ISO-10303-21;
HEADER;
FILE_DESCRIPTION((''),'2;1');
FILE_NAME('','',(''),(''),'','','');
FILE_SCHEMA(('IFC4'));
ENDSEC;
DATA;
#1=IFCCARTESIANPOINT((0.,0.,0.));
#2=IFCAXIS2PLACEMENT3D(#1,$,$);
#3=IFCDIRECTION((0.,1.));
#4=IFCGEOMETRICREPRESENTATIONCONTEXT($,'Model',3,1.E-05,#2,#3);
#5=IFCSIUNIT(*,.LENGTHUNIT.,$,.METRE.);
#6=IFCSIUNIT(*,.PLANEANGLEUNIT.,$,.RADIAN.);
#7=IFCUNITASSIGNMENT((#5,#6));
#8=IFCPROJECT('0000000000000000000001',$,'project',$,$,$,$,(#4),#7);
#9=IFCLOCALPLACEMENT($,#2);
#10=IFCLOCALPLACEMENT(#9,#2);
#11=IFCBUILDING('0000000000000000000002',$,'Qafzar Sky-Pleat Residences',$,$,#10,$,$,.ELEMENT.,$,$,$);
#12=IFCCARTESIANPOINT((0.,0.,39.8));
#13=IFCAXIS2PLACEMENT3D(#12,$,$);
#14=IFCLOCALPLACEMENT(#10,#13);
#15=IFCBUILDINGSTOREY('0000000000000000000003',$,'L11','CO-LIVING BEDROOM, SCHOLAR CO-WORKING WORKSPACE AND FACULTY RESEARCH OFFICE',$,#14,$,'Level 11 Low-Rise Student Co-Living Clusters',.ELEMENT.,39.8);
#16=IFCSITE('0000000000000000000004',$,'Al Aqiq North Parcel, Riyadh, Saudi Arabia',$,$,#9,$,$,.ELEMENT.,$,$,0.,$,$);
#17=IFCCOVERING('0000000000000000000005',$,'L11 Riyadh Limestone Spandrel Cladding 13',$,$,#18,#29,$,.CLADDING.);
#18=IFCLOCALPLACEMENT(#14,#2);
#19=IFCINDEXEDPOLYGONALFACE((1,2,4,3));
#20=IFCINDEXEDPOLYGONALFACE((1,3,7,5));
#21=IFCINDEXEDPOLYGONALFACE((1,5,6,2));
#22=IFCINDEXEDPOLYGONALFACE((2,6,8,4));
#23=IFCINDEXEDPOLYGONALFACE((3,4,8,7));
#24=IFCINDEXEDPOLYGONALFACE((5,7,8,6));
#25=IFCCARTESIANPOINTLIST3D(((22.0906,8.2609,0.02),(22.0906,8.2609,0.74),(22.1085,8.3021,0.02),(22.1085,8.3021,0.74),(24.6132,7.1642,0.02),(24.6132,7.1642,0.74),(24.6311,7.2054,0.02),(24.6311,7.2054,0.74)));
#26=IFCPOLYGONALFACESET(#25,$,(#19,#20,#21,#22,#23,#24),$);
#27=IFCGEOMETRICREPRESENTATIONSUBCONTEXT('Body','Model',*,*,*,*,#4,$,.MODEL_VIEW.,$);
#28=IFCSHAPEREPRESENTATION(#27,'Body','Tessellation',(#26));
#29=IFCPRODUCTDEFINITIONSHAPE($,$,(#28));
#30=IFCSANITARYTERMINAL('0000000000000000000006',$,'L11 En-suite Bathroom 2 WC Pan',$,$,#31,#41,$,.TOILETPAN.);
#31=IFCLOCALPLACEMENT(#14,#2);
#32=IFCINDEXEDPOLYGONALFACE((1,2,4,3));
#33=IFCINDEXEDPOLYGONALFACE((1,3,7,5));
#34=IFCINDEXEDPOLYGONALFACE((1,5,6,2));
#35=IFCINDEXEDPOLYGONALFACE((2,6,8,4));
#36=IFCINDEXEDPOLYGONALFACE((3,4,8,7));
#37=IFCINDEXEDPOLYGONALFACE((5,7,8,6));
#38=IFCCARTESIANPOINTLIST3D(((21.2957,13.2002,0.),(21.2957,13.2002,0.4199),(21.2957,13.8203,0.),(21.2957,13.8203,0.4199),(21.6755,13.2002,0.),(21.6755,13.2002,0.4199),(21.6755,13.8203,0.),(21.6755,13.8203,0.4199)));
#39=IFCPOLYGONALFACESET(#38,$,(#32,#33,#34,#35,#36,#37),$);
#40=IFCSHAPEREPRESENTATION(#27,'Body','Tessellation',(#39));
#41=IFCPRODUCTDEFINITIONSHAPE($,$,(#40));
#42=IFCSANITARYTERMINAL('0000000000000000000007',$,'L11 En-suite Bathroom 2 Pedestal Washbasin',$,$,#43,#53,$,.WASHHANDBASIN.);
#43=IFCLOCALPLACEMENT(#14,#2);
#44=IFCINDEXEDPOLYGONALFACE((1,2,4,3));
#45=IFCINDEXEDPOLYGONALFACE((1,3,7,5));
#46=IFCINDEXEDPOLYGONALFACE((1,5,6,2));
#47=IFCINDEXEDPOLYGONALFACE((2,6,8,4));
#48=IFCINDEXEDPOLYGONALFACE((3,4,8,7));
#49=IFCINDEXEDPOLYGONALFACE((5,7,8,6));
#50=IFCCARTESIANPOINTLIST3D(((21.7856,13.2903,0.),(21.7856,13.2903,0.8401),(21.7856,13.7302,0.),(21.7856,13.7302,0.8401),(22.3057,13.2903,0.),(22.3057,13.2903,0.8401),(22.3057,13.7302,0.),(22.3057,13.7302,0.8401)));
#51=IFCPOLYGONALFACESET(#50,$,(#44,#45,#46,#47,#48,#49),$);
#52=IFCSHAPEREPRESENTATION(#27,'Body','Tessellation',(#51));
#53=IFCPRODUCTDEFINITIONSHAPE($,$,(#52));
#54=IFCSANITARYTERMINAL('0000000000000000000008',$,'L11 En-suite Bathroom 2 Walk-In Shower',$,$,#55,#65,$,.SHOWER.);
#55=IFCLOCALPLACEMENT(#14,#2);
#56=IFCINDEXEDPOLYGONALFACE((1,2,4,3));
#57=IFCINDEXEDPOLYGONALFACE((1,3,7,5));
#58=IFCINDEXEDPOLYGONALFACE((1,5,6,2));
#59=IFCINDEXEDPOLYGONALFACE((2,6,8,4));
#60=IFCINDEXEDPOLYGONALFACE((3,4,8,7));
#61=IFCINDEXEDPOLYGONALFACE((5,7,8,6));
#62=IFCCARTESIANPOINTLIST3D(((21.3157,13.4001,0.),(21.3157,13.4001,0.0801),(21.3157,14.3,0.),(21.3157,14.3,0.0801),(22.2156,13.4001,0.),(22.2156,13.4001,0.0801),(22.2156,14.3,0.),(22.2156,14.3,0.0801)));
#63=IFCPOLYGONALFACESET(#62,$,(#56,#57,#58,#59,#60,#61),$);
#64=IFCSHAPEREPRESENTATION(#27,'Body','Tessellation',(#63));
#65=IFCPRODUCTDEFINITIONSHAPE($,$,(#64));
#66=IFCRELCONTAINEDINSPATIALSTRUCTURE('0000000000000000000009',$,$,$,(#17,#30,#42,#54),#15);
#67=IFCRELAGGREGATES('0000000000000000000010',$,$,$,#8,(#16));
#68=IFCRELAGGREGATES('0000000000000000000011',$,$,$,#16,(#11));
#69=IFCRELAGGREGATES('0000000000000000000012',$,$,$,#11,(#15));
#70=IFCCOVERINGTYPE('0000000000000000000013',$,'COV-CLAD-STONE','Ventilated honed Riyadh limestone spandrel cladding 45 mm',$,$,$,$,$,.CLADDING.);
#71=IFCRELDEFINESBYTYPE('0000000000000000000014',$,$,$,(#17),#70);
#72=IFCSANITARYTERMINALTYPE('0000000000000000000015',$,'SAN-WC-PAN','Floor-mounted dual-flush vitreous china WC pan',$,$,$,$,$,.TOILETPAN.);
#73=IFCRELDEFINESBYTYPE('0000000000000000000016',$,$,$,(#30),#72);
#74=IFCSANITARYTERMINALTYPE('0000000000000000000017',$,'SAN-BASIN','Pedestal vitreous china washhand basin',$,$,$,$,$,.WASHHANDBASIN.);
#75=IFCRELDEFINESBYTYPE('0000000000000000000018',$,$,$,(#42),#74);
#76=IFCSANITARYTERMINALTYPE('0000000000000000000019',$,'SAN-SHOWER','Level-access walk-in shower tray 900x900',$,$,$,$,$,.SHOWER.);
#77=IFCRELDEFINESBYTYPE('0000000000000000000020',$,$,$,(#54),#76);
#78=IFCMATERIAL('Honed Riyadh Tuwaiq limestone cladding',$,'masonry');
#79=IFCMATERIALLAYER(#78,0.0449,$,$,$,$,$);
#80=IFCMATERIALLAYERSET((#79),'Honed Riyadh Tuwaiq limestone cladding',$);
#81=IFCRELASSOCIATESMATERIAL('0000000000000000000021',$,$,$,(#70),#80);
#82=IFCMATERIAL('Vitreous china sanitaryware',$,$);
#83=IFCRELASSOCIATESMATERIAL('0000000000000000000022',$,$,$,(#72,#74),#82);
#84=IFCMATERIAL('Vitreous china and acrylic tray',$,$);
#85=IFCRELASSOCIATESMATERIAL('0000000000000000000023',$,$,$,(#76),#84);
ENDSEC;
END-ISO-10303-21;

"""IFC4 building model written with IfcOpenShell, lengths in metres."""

from ifc_helpers import new_model, si_unit, direction, frame, origin, origin_2d, place, context, subcontext, project, spatial, rectangle, extrude, source, transform, mapped, material, layer, layer_set, type_object, element, save


model = new_model("IFC4")

# Units and contexts
model_context = context("Model", 3, precision=1e-05, world=origin(), true_north=direction((0.0, 1.0)))
body_context = subcontext(model_context, "Body", "Model", "MODEL_VIEW")
ifc_project = project(units=[si_unit("LENGTHUNIT", "METRE"), si_unit("PLANEANGLEUNIT", "RADIAN")], contexts=[model_context])

# Site, building, storey
site_placement = place(None, origin())
site = spatial("IfcSite", under=ifc_project, at=site_placement, Name="Al Aqiq North Parcel, Riyadh, Saudi Arabia", CompositionType="ELEMENT", RefElevation=0.0)
building_placement = place(site_placement, origin())
building = spatial("IfcBuilding", under=site, at=building_placement, Name="Qafzar Sky-Pleat Residences", CompositionType="ELEMENT")
storey_placement = place(building_placement, frame((0.0, 0.0, 39.8)))
storey = spatial("IfcBuildingStorey", under=building, at=storey_placement, Name="L11", Description="CO-LIVING BEDROOM, SCHOLAR CO-WORKING WORKSPACE AND FACULTY RESEARCH OFFICE", LongName="Level 11 Low-Rise Student Co-Living Clusters", CompositionType="ELEMENT", Elevation=39.8)

# Covering
ifc_material_1 = material(Name="Honed Riyadh Tuwaiq limestone cladding", Category="masonry")
ifc_layer_1 = layer(ifc_material_1, 0.0449)
ifc_layer_set_1 = layer_set([ifc_layer_1], Name="Honed Riyadh Tuwaiq limestone cladding")
covering_type = type_object("IfcCoveringType", Name="COV-CLAD-STONE", Description="Ventilated honed Riyadh limestone spandrel cladding 45 mm", PredefinedType="CLADDING", material=ifc_layer_set_1)
shared_shape_1 = source(origin(), body_context, "Body", "SweptSolid", [
    extrude(rectangle(XDim=2.7507, YDim=0.0449, at=origin_2d()), origin(), (0.0, 0.0, 1.0), 0.72),
])
covering_placement = place(storey_placement, frame((23.3608, 7.7332, 0.02), z_axis=(0.0, 0.0, 1.0), x_axis=(0.917076, -0.398712, 0.0)))
element("IfcCovering", 1, at=covering_placement, inside=storey, type_object=covering_type, Name="L11 Riyadh Limestone Spandrel Cladding 13", PredefinedType="CLADDING", context=body_context, shape_type="MappedRepresentation", body=[
    mapped(shared_shape_1, transform((0.0, 0.0, 0.0), x_axis=(1.0, 0.0, 0.0), y_axis=(0.0, 1.0, 0.0), z_axis=(0.0, 0.0, 1.0), scale=1.0)),
])

# Sanitary terminals
ifc_material_2 = material(Name="Vitreous china sanitaryware")
sanitary_terminal_type_1 = type_object("IfcSanitaryTerminalType", Name="SAN-WC-PAN", Description="Floor-mounted dual-flush vitreous china WC pan", PredefinedType="TOILETPAN", material=ifc_material_2)
shared_shape_2 = source(origin(), body_context, "Body", "SweptSolid", [
    extrude(rectangle(XDim=0.3799, YDim=0.6201, at=origin_2d()), origin(), (0.0, 0.0, 1.0), 0.4199),
])
sanitary_terminal_1_placement = place(storey_placement, frame((21.4856, 13.5103, 0.0), z_axis=(0.0, 0.0, 1.0), x_axis=(1.0, 0.0, 0.0)))
element("IfcSanitaryTerminal", 2, at=sanitary_terminal_1_placement, inside=storey, type_object=sanitary_terminal_type_1, Name="L11 En-suite Bathroom 2 WC Pan", PredefinedType="TOILETPAN", context=body_context, shape_type="MappedRepresentation", body=[
    mapped(shared_shape_2, transform((0.0, 0.0, 0.0), x_axis=(1.0, 0.0, 0.0), y_axis=(0.0, 1.0, 0.0), z_axis=(0.0, 0.0, 1.0), scale=1.0)),
])
sanitary_terminal_type_2 = type_object("IfcSanitaryTerminalType", Name="SAN-BASIN", Description="Pedestal vitreous china washhand basin", PredefinedType="WASHHANDBASIN", material=ifc_material_2)
shared_shape_3 = source(origin(), body_context, "Body", "SweptSolid", [
    extrude(rectangle(XDim=0.52, YDim=0.4399, at=origin_2d()), origin(), (0.0, 0.0, 1.0), 0.8401),
])
sanitary_terminal_2_placement = place(storey_placement, frame((22.0457, 13.5103, 0.0), z_axis=(0.0, 0.0, 1.0), x_axis=(1.0, 0.0, 0.0)))
element("IfcSanitaryTerminal", 3, at=sanitary_terminal_2_placement, inside=storey, type_object=sanitary_terminal_type_2, Name="L11 En-suite Bathroom 2 Pedestal Washbasin", PredefinedType="WASHHANDBASIN", context=body_context, shape_type="MappedRepresentation", body=[
    mapped(shared_shape_3, transform((0.0, 0.0, 0.0), x_axis=(1.0, 0.0, 0.0), y_axis=(0.0, 1.0, 0.0), z_axis=(0.0, 0.0, 1.0), scale=1.0)),
])
ifc_material_3 = material(Name="Vitreous china and acrylic tray")
sanitary_terminal_type_3 = type_object("IfcSanitaryTerminalType", Name="SAN-SHOWER", Description="Level-access walk-in shower tray 900x900", PredefinedType="SHOWER", material=ifc_material_3)
shared_shape_4 = source(origin(), body_context, "Body", "SweptSolid", [
    extrude(rectangle(XDim=0.8999, YDim=0.8999, at=origin_2d()), origin(), (0.0, 0.0, 1.0), 0.0801),
])
sanitary_terminal_3_placement = place(storey_placement, frame((21.7656, 13.8501, 0.0), z_axis=(0.0, 0.0, 1.0), x_axis=(1.0, 0.0, 0.0)))
element("IfcSanitaryTerminal", 4, at=sanitary_terminal_3_placement, inside=storey, type_object=sanitary_terminal_type_3, Name="L11 En-suite Bathroom 2 Walk-In Shower", PredefinedType="SHOWER", context=body_context, shape_type="MappedRepresentation", body=[
    mapped(shared_shape_4, transform((0.0, 0.0, 0.0), x_axis=(1.0, 0.0, 0.0), y_axis=(0.0, 1.0, 0.0), z_axis=(0.0, 0.0, 1.0), scale=1.0)),
])

save(model, "model.ifc")
